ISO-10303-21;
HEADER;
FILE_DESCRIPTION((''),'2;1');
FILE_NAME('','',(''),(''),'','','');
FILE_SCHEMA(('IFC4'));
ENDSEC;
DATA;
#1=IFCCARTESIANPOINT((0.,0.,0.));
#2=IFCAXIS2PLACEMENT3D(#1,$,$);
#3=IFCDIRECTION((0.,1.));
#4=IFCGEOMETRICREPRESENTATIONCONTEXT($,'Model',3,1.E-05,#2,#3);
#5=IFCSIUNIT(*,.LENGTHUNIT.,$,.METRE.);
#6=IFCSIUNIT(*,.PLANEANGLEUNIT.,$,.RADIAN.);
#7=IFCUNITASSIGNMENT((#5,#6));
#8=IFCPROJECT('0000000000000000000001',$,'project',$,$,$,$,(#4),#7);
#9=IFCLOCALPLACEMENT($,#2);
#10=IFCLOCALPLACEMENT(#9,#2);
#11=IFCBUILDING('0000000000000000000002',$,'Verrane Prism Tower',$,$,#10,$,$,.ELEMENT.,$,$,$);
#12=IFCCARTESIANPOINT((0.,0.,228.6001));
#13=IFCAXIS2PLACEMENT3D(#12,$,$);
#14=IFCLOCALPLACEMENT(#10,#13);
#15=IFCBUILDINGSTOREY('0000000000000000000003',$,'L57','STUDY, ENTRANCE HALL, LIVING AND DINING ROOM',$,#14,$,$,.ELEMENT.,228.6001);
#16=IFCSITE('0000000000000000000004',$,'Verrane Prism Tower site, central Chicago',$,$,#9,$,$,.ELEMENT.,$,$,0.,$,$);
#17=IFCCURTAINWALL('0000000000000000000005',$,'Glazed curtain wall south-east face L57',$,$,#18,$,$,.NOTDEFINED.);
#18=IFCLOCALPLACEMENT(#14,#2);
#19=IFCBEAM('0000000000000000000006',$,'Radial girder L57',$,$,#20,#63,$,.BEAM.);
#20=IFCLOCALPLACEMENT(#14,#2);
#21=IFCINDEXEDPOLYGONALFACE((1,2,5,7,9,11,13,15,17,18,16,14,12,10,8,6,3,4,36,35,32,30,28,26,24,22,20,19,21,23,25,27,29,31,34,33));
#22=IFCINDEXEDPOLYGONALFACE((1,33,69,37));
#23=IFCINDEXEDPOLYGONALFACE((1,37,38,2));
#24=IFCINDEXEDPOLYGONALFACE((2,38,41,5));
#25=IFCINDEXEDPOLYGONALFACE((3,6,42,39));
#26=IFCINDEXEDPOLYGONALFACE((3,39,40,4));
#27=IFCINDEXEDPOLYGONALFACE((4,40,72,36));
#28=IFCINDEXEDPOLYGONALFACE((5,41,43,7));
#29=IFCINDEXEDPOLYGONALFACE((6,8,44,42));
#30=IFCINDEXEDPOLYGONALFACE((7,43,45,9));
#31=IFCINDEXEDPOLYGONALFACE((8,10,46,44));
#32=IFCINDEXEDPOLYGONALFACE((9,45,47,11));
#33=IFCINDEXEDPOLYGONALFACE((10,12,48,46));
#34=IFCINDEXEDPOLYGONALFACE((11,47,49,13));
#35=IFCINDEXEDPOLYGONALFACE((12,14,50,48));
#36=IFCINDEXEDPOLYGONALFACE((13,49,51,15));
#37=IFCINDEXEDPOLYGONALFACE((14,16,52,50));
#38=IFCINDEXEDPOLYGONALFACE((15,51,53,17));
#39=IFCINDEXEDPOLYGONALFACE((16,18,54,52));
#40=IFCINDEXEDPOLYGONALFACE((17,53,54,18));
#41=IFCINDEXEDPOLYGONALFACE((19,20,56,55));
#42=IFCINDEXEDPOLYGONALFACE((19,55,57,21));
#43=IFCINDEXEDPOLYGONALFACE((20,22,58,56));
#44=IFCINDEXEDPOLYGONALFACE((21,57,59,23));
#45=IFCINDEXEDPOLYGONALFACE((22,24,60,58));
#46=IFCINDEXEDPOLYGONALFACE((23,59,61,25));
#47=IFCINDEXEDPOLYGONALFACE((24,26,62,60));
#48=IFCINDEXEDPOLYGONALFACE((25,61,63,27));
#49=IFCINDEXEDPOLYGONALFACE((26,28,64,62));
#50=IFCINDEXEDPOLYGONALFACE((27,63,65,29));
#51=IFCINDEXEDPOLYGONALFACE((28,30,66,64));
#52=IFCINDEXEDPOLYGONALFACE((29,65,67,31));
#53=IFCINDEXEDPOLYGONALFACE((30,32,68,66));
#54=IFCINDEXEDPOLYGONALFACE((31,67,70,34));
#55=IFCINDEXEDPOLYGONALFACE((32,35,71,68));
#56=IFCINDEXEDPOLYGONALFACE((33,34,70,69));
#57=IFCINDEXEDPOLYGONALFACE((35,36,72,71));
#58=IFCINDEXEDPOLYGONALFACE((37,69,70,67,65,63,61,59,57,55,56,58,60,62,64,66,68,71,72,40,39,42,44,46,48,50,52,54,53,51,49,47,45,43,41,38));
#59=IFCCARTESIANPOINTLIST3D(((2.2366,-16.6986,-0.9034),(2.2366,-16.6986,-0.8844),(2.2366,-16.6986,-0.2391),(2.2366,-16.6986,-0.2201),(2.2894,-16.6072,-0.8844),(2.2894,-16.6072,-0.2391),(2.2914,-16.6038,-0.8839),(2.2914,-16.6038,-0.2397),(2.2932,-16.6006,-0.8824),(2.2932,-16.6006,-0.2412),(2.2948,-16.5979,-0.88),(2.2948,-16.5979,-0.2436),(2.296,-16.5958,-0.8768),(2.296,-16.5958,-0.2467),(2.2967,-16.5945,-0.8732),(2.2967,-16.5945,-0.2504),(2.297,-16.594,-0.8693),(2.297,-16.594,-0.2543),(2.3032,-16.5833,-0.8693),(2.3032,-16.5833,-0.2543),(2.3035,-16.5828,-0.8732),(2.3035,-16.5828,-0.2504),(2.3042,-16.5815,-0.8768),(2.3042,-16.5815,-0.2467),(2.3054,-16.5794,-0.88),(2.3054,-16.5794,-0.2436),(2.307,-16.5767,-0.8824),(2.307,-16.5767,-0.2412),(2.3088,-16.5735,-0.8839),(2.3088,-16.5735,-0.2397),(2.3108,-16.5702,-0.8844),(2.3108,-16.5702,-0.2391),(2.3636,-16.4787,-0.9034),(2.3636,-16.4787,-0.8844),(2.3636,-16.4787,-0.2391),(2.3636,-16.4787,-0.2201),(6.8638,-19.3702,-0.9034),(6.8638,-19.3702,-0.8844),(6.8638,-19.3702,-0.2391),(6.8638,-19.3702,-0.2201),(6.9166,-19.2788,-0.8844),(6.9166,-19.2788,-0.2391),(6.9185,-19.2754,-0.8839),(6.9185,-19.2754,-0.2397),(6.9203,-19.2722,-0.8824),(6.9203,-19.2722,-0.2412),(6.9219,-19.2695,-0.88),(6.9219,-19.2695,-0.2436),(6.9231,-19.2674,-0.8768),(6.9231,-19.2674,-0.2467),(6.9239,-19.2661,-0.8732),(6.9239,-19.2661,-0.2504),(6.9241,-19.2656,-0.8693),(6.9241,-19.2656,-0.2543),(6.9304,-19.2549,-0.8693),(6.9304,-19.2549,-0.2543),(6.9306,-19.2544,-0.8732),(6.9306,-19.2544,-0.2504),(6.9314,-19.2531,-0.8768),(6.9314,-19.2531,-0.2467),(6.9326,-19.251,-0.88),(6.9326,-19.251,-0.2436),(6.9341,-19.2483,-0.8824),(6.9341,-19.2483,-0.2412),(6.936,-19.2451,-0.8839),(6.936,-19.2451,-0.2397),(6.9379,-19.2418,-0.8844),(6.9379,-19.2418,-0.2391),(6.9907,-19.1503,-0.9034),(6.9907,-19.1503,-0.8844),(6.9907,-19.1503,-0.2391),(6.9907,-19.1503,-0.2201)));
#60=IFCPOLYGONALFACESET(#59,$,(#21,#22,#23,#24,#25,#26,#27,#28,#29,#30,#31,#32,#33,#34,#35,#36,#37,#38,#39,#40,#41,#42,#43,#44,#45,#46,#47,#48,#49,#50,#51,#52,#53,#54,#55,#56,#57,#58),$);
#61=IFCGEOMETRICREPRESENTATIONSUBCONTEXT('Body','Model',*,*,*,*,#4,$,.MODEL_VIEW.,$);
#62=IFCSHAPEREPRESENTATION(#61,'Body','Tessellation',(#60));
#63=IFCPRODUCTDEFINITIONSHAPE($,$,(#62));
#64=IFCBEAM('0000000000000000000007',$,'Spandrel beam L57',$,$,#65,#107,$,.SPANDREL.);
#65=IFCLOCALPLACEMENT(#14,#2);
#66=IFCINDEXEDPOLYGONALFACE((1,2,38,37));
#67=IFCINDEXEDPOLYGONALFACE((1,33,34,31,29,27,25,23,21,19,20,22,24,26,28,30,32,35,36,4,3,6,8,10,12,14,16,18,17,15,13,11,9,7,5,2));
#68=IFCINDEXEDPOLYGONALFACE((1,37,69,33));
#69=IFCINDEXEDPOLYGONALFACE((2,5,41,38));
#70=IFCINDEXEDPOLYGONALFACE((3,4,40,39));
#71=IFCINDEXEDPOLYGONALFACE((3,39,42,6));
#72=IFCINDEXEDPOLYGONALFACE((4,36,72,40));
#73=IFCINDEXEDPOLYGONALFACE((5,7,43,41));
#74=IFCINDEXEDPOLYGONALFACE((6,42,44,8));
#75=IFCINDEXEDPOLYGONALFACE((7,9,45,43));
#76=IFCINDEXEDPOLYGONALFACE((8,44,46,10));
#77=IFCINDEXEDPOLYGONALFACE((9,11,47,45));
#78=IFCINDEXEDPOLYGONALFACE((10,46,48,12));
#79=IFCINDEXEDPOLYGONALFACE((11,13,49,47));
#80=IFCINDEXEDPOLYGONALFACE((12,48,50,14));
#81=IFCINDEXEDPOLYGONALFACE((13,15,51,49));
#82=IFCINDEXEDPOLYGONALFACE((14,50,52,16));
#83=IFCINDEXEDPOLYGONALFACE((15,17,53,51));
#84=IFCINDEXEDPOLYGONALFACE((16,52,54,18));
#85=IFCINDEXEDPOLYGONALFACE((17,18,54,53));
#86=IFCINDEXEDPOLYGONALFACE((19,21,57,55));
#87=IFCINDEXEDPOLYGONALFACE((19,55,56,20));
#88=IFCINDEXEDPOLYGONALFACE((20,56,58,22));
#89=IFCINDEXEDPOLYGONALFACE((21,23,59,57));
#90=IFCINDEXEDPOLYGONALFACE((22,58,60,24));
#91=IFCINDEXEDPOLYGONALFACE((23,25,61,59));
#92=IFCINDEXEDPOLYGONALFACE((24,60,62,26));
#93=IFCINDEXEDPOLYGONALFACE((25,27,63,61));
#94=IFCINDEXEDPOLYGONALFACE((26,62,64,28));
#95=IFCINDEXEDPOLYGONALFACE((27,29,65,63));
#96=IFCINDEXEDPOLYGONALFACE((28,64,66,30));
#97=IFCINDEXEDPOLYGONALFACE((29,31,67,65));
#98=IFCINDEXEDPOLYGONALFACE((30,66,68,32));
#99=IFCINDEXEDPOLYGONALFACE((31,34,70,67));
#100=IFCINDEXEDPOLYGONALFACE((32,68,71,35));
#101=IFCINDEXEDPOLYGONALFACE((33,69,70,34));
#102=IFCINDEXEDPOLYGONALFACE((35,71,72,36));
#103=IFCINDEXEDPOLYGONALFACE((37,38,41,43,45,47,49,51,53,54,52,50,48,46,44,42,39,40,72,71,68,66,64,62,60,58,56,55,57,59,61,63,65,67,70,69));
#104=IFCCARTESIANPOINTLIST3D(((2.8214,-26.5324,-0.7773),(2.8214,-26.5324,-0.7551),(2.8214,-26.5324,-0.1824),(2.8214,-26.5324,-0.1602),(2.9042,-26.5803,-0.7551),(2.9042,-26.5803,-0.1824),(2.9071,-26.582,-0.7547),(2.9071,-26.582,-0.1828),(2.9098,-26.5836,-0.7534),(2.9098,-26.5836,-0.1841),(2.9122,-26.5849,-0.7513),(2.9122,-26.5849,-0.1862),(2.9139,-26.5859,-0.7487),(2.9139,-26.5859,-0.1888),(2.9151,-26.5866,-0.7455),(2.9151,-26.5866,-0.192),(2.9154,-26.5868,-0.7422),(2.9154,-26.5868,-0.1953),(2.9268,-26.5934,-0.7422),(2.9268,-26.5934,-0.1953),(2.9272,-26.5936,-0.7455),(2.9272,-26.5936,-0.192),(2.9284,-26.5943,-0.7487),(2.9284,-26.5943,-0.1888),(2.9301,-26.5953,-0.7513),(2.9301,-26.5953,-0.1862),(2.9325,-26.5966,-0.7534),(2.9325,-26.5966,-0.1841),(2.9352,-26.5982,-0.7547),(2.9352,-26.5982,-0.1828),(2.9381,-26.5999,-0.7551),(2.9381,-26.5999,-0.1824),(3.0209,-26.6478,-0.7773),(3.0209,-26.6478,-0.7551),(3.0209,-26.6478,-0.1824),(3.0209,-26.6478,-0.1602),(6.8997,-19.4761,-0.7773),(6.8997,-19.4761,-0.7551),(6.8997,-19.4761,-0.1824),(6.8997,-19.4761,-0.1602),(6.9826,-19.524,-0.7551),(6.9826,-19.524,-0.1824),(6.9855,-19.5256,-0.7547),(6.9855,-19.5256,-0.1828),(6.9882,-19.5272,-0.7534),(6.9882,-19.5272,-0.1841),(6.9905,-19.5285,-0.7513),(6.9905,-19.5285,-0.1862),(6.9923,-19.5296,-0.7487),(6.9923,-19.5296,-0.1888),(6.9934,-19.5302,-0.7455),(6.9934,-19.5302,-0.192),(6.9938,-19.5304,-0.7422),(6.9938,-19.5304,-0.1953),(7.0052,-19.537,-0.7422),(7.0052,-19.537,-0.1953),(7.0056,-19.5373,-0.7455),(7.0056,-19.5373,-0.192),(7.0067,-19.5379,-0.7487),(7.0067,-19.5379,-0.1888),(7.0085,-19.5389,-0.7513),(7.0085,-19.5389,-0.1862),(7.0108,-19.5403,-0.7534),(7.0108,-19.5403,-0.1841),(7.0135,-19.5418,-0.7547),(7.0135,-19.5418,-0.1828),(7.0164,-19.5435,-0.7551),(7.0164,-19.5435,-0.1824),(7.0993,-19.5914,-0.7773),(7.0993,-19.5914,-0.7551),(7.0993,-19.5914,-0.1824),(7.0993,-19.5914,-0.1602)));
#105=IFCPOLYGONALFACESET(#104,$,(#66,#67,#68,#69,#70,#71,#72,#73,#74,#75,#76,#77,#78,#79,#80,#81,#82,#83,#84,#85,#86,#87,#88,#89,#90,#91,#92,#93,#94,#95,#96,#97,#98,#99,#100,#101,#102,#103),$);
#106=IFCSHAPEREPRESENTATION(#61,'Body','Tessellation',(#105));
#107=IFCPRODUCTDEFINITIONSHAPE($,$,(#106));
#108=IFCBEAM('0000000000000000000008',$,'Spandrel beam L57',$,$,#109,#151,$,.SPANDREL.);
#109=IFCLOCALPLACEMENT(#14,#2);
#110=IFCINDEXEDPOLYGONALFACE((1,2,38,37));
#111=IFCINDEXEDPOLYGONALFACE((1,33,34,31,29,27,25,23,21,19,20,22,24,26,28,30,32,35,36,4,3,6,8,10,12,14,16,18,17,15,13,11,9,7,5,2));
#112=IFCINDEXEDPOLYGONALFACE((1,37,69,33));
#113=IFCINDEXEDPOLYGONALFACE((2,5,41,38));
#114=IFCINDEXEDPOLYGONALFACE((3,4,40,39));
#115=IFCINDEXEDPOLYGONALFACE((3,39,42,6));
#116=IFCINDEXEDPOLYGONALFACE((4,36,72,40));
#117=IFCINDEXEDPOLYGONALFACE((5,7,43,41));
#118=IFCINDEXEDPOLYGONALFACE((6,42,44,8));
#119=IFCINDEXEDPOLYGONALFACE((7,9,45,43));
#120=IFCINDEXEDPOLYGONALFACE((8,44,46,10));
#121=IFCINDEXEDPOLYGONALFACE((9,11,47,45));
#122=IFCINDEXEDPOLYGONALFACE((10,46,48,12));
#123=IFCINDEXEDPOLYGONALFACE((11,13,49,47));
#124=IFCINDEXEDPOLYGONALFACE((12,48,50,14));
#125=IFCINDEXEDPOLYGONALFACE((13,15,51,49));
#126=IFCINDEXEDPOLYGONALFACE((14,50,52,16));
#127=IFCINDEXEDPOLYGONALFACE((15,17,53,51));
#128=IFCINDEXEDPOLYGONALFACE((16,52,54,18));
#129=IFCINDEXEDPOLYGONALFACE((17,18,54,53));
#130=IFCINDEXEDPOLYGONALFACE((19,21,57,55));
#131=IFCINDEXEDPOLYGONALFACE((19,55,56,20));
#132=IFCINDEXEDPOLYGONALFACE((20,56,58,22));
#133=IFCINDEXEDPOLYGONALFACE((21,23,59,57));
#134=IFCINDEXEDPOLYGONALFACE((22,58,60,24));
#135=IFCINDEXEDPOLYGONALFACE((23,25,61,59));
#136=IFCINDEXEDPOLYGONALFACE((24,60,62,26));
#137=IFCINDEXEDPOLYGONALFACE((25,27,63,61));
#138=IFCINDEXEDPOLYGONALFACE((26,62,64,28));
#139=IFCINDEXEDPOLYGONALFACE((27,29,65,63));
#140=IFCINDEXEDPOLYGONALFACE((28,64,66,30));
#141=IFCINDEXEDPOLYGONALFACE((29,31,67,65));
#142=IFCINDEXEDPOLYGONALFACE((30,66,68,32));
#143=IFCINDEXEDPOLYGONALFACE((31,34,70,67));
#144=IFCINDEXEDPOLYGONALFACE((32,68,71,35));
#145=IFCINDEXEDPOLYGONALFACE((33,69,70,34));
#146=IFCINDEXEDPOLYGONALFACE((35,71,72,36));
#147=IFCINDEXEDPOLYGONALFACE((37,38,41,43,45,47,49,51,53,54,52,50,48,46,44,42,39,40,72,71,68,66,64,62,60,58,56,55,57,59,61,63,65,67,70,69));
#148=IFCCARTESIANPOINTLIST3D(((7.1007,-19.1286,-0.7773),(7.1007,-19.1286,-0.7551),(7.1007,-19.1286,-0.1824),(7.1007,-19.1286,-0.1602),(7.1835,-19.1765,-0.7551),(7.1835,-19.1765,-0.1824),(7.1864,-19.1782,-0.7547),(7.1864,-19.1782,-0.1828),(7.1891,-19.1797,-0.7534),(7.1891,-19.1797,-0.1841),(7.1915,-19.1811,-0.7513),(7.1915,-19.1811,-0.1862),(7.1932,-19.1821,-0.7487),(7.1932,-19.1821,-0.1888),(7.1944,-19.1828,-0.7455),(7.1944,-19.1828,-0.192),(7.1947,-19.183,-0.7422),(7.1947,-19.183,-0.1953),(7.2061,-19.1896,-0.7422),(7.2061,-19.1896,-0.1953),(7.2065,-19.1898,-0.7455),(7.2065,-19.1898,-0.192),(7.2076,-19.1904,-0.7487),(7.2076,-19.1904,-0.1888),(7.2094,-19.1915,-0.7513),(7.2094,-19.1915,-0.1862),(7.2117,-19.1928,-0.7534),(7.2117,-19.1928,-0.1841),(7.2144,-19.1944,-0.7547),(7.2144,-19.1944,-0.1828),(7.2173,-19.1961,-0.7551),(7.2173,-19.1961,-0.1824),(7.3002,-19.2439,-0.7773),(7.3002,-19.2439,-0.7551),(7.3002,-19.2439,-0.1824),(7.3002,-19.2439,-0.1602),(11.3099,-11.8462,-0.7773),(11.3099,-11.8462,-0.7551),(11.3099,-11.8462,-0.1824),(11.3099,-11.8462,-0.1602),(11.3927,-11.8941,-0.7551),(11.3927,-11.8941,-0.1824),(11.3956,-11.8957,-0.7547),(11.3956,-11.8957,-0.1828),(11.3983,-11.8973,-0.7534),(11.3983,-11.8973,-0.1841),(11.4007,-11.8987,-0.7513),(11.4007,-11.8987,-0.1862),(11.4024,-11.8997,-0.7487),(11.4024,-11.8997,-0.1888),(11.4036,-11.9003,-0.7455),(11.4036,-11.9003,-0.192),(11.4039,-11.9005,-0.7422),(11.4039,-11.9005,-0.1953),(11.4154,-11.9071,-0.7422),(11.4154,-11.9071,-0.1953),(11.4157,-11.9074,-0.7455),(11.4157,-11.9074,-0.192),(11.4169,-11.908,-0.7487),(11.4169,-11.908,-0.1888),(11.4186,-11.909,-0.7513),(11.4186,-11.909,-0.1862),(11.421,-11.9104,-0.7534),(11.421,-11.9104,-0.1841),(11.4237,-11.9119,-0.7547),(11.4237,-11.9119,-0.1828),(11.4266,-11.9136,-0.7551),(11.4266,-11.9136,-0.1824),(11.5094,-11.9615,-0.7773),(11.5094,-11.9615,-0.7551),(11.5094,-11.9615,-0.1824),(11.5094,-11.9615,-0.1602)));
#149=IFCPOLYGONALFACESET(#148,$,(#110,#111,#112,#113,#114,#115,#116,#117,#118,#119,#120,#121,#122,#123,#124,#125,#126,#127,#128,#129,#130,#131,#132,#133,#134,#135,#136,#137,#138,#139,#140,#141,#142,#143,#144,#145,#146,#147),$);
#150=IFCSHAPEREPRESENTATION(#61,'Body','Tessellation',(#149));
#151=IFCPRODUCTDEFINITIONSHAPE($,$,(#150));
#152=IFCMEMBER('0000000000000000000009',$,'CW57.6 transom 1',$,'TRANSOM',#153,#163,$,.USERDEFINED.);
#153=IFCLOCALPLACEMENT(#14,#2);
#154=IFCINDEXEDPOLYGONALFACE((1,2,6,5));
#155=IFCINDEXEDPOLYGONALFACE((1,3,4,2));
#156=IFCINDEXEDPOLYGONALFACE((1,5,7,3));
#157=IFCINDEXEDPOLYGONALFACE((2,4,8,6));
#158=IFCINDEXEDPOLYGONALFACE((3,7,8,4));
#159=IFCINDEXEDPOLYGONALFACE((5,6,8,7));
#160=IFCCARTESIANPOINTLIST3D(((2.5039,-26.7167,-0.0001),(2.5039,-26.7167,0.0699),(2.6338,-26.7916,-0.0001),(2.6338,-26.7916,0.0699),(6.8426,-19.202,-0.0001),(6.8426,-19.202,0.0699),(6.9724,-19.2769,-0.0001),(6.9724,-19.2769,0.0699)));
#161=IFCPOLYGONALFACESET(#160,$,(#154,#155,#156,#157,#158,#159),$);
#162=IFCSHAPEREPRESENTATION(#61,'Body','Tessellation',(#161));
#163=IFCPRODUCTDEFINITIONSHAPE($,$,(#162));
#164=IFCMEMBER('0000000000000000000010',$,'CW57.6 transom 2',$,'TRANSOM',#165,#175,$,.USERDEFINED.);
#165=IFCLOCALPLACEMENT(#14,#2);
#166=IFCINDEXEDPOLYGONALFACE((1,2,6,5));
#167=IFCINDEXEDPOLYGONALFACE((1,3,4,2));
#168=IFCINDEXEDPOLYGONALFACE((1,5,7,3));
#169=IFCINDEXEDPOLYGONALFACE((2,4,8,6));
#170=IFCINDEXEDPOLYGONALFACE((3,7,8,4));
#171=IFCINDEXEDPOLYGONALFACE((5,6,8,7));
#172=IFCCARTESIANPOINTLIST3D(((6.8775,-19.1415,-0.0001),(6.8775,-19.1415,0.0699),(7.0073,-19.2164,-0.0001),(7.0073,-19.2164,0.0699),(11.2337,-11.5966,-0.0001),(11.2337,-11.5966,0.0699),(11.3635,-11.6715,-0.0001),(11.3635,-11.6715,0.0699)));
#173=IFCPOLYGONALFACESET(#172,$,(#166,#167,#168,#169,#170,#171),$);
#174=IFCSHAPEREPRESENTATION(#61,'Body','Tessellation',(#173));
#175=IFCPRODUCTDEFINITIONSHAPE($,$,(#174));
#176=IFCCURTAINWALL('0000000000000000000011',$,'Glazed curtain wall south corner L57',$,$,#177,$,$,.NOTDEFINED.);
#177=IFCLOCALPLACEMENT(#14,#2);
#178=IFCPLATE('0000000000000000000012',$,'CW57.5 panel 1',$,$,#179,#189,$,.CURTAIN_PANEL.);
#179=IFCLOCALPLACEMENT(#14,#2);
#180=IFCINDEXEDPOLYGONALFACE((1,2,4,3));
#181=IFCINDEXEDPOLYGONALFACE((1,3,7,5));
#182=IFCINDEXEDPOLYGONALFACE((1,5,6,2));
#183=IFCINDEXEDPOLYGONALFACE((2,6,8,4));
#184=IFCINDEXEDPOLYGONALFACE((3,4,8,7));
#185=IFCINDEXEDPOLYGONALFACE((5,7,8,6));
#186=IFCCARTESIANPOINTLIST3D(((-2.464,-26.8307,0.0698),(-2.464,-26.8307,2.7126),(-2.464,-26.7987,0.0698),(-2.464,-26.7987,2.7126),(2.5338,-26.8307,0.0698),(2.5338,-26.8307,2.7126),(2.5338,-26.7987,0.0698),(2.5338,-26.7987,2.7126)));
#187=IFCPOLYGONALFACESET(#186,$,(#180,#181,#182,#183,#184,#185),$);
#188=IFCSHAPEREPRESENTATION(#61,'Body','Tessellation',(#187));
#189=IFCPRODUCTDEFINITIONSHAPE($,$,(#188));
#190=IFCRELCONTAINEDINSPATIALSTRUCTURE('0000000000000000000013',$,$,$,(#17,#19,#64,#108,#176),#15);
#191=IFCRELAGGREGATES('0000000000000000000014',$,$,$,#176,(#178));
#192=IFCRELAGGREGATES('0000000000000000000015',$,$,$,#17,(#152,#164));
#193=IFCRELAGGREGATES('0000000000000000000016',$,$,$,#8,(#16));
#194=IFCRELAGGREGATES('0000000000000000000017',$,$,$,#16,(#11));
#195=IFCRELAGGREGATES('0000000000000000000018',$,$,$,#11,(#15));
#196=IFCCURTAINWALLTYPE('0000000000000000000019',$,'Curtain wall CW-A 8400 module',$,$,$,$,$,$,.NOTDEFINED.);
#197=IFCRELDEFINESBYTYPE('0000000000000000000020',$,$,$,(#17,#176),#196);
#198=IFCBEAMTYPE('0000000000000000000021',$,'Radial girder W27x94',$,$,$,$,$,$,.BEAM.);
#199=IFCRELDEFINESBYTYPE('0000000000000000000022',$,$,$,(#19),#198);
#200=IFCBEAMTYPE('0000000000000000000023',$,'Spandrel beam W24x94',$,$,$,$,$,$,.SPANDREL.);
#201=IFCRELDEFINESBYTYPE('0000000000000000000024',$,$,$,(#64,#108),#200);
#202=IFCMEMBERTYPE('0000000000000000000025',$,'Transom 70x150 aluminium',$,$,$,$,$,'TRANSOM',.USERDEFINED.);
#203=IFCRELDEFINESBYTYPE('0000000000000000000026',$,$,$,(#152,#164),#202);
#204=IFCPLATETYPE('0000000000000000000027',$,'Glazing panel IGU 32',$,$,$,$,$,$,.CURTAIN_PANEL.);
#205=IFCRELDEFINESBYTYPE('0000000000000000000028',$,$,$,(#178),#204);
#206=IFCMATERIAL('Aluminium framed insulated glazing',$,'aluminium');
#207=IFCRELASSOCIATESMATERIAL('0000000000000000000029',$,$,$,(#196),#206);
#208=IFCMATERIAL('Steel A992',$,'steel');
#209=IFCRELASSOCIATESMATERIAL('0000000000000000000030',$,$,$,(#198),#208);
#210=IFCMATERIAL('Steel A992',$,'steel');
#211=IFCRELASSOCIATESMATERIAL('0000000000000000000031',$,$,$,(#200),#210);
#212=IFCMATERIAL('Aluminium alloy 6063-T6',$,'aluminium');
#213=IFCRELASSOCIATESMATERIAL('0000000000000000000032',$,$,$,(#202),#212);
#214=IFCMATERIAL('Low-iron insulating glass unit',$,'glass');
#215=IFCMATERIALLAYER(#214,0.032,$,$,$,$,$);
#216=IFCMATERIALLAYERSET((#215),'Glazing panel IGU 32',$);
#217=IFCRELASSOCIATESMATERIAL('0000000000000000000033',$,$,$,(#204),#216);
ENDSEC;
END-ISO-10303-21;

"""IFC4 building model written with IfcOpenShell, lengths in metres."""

from ifc_helpers import new_model, si_unit, direction, frame, origin, origin_2d, place, context, subcontext, project, spatial, rectangle, i_section, extrude, material, layer, layer_set, material_profile, profile_set, type_object, element, aggregate, save


model = new_model("IFC4")

# Units and contexts
model_context = context("Model", 3, precision=1e-05, world=origin(), true_north=direction((0.0, 1.0)))
body_context = subcontext(model_context, "Body", "Model", "MODEL_VIEW")
ifc_project = project(units=[si_unit("LENGTHUNIT", "METRE"), si_unit("PLANEANGLEUNIT", "RADIAN")], contexts=[model_context])

# Site, building, storey
site_placement = place(None, origin())
site = spatial("IfcSite", under=ifc_project, at=site_placement, Name="Verrane Prism Tower site, central Chicago", CompositionType="ELEMENT", RefElevation=0.0)
building_placement = place(site_placement, origin())
building = spatial("IfcBuilding", under=site, at=building_placement, Name="Verrane Prism Tower", CompositionType="ELEMENT")
storey_placement = place(building_placement, frame((0.0, 0.0, 228.6001)))
storey = spatial("IfcBuildingStorey", under=building, at=storey_placement, Name="L57", Description="STUDY, ENTRANCE HALL, LIVING AND DINING ROOM", CompositionType="ELEMENT", Elevation=228.6001)

# Curtain wall
ifc_material_1 = material(Name="Aluminium framed insulated glazing", Category="aluminium")
curtain_wall_type = type_object("IfcCurtainWallType", Name="Curtain wall CW-A 8400 module", PredefinedType="NOTDEFINED", material=ifc_material_1)
curtain_wall_1_placement = place(storey_placement, origin())
curtain_wall_1 = element("IfcCurtainWall", 1, at=curtain_wall_1_placement, inside=storey, type_object=curtain_wall_type, Name="Glazed curtain wall south-east face L57", PredefinedType="NOTDEFINED")

# Beams
ifc_material_2 = material(Name="Steel A992", Category="steel")
ifc_material_profile_1 = material_profile(ifc_material_2, i_section(OverallWidth=0.2539, OverallDepth=0.6833, WebThickness=0.0125, FlangeThickness=0.019, FilletRadius=0.0151, at=origin_2d()), Name="W27x94")
ifc_profile_set_1 = profile_set([ifc_material_profile_1], Name="Steel A992")
beam_type_1 = type_object("IfcBeamType", Name="Radial girder W27x94", PredefinedType="BEAM", material=ifc_profile_set_1)
beam_1_placement = place(storey_placement, frame((6.9272, -19.2603, -0.5618), z_axis=(-0.866016, 0.500016, 0.0), x_axis=(-0.500016, -0.866016, 0.0)))
element("IfcBeam", 2, at=beam_1_placement, inside=storey, type_object=beam_type_1, Name="Radial girder L57", PredefinedType="BEAM", context=body_context, shape_type="SweptSolid", body=[
    extrude(i_section(OverallWidth=0.2539, OverallDepth=0.6833, WebThickness=0.0125, FlangeThickness=0.019, FilletRadius=0.0151, at=origin_2d()), origin(), (0.0, 0.0, 1.0), 5.343),
])
ifc_material_3 = material(Name="Steel A992", Category="steel")
ifc_material_profile_2 = material_profile(ifc_material_3, i_section(OverallWidth=0.2305, OverallDepth=0.6172, WebThickness=0.0132, FlangeThickness=0.0222, FilletRadius=0.0129, at=origin_2d()), Name="W24x94")
ifc_profile_set_2 = profile_set([ifc_material_profile_2], Name="Steel A992")
beam_type_2 = type_object("IfcBeamType", Name="Spandrel beam W24x94", PredefinedType="SPANDREL", material=ifc_profile_set_2)
beam_2_placement = place(storey_placement, frame((2.9211, -26.5901, -0.4688), z_axis=(0.500401, 0.865794, 0.0), x_axis=(-0.865794, 0.500401, 0.0)))
element("IfcBeam", 3, at=beam_2_placement, inside=storey, type_object=beam_type_2, Name="Spandrel beam L57", PredefinedType="SPANDREL", context=body_context, shape_type="SweptSolid", body=[
    extrude(i_section(OverallWidth=0.2305, OverallDepth=0.6172, WebThickness=0.0132, FlangeThickness=0.0222, FilletRadius=0.0129, at=origin_2d()), origin(), (0.0, 0.0, 1.0), 8.1501),
])
beam_3_placement = place(storey_placement, frame((7.2004, -19.1863, -0.4688), z_axis=(0.500418, 0.865784, 0.0), x_axis=(-0.865784, 0.500418, 0.0)))
element("IfcBeam", 4, at=beam_3_placement, inside=storey, type_object=beam_type_2, Name="Spandrel beam L57", PredefinedType="SPANDREL", context=body_context, shape_type="SweptSolid", body=[
    extrude(i_section(OverallWidth=0.2305, OverallDepth=0.6172, WebThickness=0.0132, FlangeThickness=0.0222, FilletRadius=0.0129, at=origin_2d()), origin(), (0.0, 0.0, 1.0), 8.4114),
])

# Members
ifc_material_4 = material(Name="Aluminium alloy 6063-T6", Category="aluminium")
ifc_material_profile_3 = material_profile(ifc_material_4, rectangle(XDim=0.1499, YDim=0.0701, at=origin_2d()), Name="Transom 70x150 aluminium")
ifc_profile_set_3 = profile_set([ifc_material_profile_3], Name="Aluminium alloy 6063-T6")
member_type_1 = type_object("IfcMemberType", Name="Transom 70x150 aluminium", ElementType="TRANSOM", PredefinedType="USERDEFINED", material=ifc_profile_set_3)
member_1_placement = place(storey_placement, frame((2.5688, -26.7542, 0.0349), z_axis=(0.500003, 0.866023, 0.0), x_axis=(-0.866023, 0.500003, 0.0)))
member_1 = element("IfcMember", 5, at=member_1_placement, type_object=member_type_1, Name="CW57.6 transom 1", ObjectType="TRANSOM", PredefinedType="USERDEFINED", context=body_context, shape_type="SweptSolid", body=[
    extrude(rectangle(XDim=0.1499, YDim=0.0701, at=origin_2d()), origin(), (0.0, 0.0, 1.0), 8.6772),
])
member_2_placement = place(storey_placement, frame((6.9424, -19.179, 0.0349), z_axis=(0.500012, 0.866019, 0.0), x_axis=(-0.866019, 0.500012, 0.0)))
member_2 = element("IfcMember", 6, at=member_2_placement, type_object=member_type_1, Name="CW57.6 transom 2", ObjectType="TRANSOM", PredefinedType="USERDEFINED", context=body_context, shape_type="SweptSolid", body=[
    extrude(rectangle(XDim=0.1499, YDim=0.0701, at=origin_2d()), origin(), (0.0, 0.0, 1.0), 8.7122),
])

# Curtain wall, plate
curtain_wall_2_placement = place(storey_placement, origin())
curtain_wall_2 = element("IfcCurtainWall", 7, at=curtain_wall_2_placement, inside=storey, type_object=curtain_wall_type, Name="Glazed curtain wall south corner L57", PredefinedType="NOTDEFINED")
ifc_material_5 = material(Name="Low-iron insulating glass unit", Category="glass")
ifc_layer_1 = layer(ifc_material_5, 0.032)
ifc_layer_set_1 = layer_set([ifc_layer_1], Name="Glazing panel IGU 32")
plate_type = type_object("IfcPlateType", Name="Glazing panel IGU 32", PredefinedType="CURTAIN_PANEL", material=ifc_layer_set_1)
plate_1_placement = place(storey_placement, frame((0.0349, -26.8147, 0.0698), z_axis=(0.0, 0.0, 1.0), x_axis=(1.0, 0.0, 0.0)))
plate_1 = element("IfcPlate", 8, at=plate_1_placement, type_object=plate_type, Name="CW57.5 panel 1", PredefinedType="CURTAIN_PANEL", context=body_context, shape_type="SweptSolid", body=[
    extrude(rectangle(XDim=4.9978, YDim=0.032, at=origin_2d()), origin(), (0.0, 0.0, 1.0), 2.6428),
])
aggregate(curtain_wall_2, [plate_1])

aggregate(curtain_wall_1, [member_1, member_2])

save(model, "model.ifc")
